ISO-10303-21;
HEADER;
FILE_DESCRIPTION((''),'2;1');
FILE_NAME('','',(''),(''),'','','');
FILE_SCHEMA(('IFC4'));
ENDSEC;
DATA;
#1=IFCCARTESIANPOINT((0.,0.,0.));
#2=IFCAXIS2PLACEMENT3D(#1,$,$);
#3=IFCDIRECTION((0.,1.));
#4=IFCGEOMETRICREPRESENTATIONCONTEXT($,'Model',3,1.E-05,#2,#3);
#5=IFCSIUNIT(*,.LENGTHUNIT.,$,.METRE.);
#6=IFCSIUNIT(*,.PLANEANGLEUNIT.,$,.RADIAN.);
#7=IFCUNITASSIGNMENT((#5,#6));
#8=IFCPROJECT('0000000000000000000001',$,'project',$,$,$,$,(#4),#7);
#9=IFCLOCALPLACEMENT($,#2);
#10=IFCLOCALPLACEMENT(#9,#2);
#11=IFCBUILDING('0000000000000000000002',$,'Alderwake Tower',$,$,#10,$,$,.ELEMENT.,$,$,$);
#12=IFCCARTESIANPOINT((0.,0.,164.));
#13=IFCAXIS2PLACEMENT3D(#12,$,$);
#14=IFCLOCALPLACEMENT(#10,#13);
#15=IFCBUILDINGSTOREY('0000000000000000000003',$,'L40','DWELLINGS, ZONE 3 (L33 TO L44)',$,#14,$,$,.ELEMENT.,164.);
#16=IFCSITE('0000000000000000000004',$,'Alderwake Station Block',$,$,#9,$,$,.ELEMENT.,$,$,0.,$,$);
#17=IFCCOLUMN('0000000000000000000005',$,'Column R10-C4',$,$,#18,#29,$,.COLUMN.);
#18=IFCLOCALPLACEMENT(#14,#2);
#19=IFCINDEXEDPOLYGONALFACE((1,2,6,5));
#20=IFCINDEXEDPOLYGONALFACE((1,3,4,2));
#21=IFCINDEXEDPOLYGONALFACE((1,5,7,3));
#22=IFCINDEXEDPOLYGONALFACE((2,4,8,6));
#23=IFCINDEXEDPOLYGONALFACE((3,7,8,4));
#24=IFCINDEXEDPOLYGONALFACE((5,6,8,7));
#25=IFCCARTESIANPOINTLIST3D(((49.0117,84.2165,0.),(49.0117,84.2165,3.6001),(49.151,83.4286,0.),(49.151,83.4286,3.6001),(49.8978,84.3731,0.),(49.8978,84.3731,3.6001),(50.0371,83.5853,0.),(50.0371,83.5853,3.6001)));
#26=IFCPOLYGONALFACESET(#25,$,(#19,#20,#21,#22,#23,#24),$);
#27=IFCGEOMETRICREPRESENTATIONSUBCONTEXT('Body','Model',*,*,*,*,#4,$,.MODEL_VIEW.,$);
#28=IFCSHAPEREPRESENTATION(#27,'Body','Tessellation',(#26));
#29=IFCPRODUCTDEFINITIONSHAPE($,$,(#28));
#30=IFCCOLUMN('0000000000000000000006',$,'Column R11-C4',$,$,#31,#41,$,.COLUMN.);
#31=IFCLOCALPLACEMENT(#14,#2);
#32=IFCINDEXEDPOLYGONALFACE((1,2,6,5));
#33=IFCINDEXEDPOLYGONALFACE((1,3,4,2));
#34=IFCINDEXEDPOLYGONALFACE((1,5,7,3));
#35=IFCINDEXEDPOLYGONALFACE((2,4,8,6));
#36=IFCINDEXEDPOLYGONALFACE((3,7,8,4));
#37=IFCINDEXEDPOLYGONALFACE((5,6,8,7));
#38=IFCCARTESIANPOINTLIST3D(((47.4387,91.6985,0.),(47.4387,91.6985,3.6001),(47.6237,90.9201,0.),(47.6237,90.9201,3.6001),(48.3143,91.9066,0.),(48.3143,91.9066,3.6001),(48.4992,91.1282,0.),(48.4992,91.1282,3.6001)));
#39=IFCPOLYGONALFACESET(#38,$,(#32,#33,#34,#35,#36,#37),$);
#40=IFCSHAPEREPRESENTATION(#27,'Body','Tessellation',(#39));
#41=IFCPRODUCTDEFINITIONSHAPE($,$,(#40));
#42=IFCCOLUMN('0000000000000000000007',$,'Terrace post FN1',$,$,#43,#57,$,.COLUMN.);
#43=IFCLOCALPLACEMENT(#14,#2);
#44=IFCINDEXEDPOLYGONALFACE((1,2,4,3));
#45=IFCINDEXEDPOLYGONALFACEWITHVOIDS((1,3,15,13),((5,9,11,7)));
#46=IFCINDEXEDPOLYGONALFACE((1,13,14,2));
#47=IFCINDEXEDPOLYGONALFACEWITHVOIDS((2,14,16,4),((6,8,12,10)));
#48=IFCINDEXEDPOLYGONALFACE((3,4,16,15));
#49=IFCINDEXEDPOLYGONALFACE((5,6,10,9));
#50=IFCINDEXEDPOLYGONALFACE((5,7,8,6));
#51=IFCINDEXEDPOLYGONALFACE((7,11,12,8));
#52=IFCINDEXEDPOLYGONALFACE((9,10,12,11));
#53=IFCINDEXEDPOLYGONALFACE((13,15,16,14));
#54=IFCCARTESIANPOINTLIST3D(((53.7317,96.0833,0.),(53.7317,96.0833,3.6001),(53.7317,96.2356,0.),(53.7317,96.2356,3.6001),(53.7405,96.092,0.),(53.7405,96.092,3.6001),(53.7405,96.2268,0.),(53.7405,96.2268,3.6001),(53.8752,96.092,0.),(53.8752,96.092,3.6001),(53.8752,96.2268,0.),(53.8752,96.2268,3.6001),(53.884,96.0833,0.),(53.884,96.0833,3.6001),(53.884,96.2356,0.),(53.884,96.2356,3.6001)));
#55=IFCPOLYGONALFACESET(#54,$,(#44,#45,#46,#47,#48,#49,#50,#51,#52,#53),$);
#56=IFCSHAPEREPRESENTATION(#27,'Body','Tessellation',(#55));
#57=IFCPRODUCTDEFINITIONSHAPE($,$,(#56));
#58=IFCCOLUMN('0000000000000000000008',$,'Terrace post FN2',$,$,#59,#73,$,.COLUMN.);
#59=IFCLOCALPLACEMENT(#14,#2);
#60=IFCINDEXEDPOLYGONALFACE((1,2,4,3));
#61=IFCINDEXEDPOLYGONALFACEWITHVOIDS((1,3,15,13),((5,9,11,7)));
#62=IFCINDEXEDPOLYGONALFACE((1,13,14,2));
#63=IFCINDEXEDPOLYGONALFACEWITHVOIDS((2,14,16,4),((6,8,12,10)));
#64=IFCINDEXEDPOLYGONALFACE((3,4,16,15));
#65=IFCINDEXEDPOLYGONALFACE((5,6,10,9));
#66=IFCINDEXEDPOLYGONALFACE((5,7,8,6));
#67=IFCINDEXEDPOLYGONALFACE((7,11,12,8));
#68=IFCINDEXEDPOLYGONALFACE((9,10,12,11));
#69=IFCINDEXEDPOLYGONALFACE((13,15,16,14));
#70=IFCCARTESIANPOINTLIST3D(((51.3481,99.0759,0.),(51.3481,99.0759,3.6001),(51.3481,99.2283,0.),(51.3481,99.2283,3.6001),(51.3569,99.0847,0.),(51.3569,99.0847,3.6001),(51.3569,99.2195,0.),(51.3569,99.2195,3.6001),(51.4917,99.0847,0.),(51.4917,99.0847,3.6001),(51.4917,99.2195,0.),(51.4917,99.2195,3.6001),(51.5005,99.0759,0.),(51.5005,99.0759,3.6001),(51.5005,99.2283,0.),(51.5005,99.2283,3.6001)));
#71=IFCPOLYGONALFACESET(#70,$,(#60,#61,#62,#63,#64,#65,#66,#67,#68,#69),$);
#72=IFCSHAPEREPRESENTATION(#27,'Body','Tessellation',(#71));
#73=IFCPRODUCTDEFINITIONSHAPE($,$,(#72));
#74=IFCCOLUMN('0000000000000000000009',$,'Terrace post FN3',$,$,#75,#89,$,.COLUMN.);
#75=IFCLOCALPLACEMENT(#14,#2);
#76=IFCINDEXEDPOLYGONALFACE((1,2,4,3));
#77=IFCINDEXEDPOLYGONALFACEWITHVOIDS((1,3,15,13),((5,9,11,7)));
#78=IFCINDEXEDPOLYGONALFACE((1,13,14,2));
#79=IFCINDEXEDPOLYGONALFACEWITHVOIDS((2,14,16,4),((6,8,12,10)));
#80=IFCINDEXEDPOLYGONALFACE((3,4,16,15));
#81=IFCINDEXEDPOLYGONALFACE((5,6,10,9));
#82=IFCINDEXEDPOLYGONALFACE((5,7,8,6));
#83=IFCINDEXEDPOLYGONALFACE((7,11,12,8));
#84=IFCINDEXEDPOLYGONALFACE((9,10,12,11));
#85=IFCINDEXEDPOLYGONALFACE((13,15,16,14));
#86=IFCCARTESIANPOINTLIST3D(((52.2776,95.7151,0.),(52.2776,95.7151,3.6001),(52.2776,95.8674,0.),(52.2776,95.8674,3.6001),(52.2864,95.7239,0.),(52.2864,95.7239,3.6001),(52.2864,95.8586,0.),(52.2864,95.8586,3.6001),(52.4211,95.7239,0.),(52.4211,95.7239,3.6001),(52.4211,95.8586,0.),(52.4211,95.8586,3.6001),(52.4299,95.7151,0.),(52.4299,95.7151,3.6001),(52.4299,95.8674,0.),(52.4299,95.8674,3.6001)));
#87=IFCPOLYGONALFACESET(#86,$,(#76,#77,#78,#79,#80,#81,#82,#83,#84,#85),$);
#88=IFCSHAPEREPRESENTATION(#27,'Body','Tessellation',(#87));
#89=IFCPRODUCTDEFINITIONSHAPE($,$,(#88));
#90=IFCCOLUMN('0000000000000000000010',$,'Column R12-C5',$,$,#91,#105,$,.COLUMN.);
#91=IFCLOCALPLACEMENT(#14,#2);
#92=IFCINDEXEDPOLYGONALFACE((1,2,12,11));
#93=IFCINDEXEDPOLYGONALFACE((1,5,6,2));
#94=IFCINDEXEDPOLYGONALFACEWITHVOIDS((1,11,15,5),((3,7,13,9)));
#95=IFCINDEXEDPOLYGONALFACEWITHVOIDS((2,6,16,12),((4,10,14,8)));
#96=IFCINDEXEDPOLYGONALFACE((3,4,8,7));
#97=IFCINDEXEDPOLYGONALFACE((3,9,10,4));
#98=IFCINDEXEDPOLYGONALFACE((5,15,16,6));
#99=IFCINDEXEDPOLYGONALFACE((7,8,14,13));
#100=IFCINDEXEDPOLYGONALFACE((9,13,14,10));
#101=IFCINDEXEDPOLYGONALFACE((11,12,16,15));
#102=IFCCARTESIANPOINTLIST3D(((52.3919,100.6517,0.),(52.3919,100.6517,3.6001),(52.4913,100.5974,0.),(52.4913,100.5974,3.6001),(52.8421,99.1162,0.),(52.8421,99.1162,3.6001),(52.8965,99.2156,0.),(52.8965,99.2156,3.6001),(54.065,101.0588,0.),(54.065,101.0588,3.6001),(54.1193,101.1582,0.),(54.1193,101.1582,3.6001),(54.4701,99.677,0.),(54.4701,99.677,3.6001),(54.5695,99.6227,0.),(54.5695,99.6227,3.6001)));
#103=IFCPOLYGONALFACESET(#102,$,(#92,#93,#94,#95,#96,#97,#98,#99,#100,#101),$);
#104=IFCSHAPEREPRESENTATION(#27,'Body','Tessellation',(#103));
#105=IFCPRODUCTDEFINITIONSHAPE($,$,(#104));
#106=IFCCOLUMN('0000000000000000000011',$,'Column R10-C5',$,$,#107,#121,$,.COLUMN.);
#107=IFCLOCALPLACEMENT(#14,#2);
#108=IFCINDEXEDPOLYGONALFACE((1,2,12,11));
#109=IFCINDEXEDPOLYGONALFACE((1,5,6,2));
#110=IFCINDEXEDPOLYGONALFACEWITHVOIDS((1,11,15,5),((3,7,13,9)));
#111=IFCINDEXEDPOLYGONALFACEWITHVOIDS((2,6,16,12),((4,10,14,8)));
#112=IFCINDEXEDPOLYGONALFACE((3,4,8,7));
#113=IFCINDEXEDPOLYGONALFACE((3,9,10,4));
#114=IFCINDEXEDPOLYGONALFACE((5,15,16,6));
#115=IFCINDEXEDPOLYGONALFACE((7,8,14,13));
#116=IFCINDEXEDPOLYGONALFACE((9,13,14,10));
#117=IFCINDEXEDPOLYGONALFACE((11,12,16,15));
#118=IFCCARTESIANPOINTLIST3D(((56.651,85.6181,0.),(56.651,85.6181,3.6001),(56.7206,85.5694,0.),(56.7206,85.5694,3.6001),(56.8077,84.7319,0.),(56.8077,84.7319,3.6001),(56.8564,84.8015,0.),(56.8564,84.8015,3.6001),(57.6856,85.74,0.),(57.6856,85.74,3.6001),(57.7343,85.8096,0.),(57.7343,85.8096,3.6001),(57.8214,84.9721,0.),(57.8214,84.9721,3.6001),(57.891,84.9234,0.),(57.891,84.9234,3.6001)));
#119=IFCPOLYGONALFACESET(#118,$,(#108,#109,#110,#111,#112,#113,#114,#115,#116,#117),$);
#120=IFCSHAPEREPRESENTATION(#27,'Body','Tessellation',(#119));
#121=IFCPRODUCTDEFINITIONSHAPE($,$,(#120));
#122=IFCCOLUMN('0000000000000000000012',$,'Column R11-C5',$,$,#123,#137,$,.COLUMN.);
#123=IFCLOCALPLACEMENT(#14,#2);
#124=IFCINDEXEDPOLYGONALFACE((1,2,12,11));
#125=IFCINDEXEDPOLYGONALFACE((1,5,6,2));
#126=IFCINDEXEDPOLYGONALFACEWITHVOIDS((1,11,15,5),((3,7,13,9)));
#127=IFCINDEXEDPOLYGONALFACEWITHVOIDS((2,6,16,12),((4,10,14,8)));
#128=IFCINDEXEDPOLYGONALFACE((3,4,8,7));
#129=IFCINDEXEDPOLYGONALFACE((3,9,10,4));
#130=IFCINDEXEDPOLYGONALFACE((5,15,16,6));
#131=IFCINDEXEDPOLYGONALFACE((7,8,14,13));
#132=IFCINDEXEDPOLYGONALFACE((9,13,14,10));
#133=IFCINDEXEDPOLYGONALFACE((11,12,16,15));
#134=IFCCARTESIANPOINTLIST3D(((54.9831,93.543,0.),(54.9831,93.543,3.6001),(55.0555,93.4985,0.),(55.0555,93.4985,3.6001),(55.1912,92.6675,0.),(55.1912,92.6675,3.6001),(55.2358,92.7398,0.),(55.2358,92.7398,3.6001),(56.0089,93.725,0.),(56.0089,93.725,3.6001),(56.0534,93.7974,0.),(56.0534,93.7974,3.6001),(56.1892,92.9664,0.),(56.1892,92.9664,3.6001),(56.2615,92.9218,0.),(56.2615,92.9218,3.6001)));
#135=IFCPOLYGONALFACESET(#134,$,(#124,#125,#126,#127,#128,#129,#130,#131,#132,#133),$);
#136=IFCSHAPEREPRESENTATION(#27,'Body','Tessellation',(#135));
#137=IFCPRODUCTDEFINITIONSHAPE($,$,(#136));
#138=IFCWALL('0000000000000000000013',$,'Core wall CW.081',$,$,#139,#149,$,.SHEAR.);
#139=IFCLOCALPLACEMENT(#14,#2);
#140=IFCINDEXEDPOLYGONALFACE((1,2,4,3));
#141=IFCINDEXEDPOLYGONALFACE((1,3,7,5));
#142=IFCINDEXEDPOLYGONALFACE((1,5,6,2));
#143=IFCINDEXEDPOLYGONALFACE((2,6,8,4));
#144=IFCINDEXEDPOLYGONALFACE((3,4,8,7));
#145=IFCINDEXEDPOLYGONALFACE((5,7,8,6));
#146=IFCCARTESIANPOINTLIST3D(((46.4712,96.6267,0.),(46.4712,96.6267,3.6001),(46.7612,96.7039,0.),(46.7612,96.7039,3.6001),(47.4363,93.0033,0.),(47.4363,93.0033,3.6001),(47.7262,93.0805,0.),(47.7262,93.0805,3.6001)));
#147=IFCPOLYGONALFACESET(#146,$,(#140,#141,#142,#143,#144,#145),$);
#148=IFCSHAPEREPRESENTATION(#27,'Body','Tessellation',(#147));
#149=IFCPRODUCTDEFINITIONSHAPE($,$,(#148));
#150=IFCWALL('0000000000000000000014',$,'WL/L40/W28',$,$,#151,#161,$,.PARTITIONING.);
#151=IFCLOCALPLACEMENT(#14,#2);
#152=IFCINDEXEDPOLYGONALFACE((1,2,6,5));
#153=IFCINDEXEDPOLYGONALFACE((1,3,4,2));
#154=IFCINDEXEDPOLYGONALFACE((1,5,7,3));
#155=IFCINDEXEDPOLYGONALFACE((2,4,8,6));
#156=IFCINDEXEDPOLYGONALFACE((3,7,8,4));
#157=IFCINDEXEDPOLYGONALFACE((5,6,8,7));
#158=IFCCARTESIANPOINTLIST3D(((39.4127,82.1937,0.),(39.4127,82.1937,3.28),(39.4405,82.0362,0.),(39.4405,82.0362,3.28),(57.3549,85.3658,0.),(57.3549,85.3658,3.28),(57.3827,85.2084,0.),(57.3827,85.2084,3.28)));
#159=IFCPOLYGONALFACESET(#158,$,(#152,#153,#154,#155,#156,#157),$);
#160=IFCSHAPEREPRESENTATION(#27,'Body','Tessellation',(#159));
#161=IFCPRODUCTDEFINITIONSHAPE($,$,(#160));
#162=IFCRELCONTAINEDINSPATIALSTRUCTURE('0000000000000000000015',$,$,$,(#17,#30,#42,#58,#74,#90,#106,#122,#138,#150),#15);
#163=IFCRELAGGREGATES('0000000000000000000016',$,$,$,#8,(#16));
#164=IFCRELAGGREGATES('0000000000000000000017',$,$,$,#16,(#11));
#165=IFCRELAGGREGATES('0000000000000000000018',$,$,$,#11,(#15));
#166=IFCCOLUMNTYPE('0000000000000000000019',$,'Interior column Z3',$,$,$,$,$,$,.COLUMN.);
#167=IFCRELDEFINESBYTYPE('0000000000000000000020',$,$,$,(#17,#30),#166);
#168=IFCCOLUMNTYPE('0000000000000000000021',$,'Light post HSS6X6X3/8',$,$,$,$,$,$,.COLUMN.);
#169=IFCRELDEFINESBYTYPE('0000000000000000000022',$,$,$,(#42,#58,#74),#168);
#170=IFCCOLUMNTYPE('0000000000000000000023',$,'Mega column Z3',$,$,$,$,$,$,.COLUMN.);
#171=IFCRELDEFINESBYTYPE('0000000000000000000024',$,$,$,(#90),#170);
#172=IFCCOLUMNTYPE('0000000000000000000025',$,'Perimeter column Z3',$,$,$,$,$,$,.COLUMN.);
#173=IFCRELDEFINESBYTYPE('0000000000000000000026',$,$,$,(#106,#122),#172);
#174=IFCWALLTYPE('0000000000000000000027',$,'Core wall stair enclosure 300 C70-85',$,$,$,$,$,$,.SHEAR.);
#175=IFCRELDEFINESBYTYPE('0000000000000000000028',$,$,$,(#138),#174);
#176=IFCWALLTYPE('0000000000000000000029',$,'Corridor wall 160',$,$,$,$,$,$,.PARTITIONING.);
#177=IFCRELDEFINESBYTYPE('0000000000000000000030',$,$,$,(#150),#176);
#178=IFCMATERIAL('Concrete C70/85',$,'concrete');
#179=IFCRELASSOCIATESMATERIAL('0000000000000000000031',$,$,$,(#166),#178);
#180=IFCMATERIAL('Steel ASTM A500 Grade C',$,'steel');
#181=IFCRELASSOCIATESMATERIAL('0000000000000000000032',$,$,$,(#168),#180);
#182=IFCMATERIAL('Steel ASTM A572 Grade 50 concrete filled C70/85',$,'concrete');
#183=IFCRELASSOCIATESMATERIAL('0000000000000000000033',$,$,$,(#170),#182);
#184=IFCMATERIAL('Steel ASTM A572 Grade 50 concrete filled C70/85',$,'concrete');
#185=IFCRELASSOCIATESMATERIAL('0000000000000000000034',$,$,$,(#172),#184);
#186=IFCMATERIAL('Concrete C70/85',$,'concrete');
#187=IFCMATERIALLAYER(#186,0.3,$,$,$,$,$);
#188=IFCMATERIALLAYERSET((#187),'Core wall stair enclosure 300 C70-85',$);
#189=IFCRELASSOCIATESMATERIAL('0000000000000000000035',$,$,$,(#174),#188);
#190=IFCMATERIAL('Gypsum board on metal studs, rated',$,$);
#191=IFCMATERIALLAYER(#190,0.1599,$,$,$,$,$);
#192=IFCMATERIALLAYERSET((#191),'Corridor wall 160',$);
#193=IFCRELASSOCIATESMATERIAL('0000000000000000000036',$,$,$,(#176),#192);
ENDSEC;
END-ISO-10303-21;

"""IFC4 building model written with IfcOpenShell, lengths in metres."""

from ifc_helpers import new_model, si_unit, direction, frame, frame_2d, origin, origin_2d, place, context, subcontext, project, spatial, rectangle, hollow_rectangle, extrude, material, layer, layer_set, material_profile, profile_set, type_object, element, save


model = new_model("IFC4")

# Units and contexts
model_context = context("Model", 3, precision=1e-05, world=origin(), true_north=direction((0.0, 1.0)))
body_context = subcontext(model_context, "Body", "Model", "MODEL_VIEW")
ifc_project = project(units=[si_unit("LENGTHUNIT", "METRE"), si_unit("PLANEANGLEUNIT", "RADIAN")], contexts=[model_context])

# Site, building, storey
site_placement = place(None, origin())
site = spatial("IfcSite", under=ifc_project, at=site_placement, Name="Alderwake Station Block", CompositionType="ELEMENT", RefElevation=0.0)
building_placement = place(site_placement, origin())
building = spatial("IfcBuilding", under=site, at=building_placement, Name="Alderwake Tower", CompositionType="ELEMENT")
storey_placement = place(building_placement, frame((0.0, 0.0, 164.0)))
storey = spatial("IfcBuildingStorey", under=building, at=storey_placement, Name="L40", Description="DWELLINGS, ZONE 3 (L33 TO L44)", CompositionType="ELEMENT", Elevation=164.0)

# Columns
ifc_material_1 = material(Name="Concrete C70/85", Category="concrete")
ifc_material_profile_1 = material_profile(ifc_material_1, rectangle(XDim=0.8, YDim=0.8999, at=origin_2d()), Name="RC 900X800")
ifc_profile_set_1 = profile_set([ifc_material_profile_1], Name="Concrete C70/85")
column_type_1 = type_object("IfcColumnType", Name="Interior column Z3", PredefinedType="COLUMN", material=ifc_profile_set_1)
for number, where, z_axis, x_axis, name in (
    (1, (49.5244, 83.9009, 0.0), (0.0, 0.0, 1.0), (-0.174109, 0.984726, 0.0), "Column R10-C4"),
    (2, (47.969, 91.4133, 0.0), (0.0, 0.0, 1.0), (-0.231222, 0.972901, 0.0), "Column R11-C4"),
):
    element("IfcColumn", number, at=place(storey_placement, frame(where, z_axis=z_axis, x_axis=x_axis)), inside=storey, type_object=column_type_1, Name=name, PredefinedType="COLUMN", context=body_context, shape_type="SweptSolid", body=[
        extrude(rectangle(XDim=0.8, YDim=0.8999, at=origin_2d()), origin(), (0.0, 0.0, 1.0), 3.6001),
    ])
ifc_material_2 = material(Name="Steel ASTM A500 Grade C", Category="steel")
ifc_material_profile_2 = material_profile(ifc_material_2, hollow_rectangle(XDim=0.1523, YDim=0.1523, WallThickness=0.0088, at=origin_2d()), Name="HSS6X6X3/8")
ifc_profile_set_2 = profile_set([ifc_material_profile_2], Name="Steel ASTM A500 Grade C")
column_type_2 = type_object("IfcColumnType", Name="Light post HSS6X6X3/8", PredefinedType="COLUMN", material=ifc_profile_set_2)
for number, where, z_axis, x_axis, name in (
    (3, (53.8079, 96.1594, 0.0), (0.0, 0.0, 1.0), (1.0, 0.0, 0.0), "Terrace post FN1"),
    (4, (51.4243, 99.1521, 0.0), (0.0, 0.0, 1.0), (1.0, 0.0, 0.0), "Terrace post FN2"),
    (5, (52.3538, 95.7913, 0.0), (0.0, 0.0, 1.0), (1.0, 0.0, 0.0), "Terrace post FN3"),
):
    element("IfcColumn", number, at=place(storey_placement, frame(where, z_axis=z_axis, x_axis=x_axis)), inside=storey, type_object=column_type_2, Name=name, PredefinedType="COLUMN", context=body_context, shape_type="SweptSolid", body=[
        extrude(hollow_rectangle(XDim=0.1523, YDim=0.1523, WallThickness=0.0088, at=origin_2d()), origin(), (0.0, 0.0, 1.0), 3.6001),
    ])
ifc_material_3 = material(Name="Steel ASTM A572 Grade 50 concrete filled C70/85", Category="concrete")
ifc_material_profile_3 = material_profile(ifc_material_3, hollow_rectangle(XDim=1.6001, YDim=1.8, WallThickness=0.0801, at=origin_2d()), Name="BOX 1800X1600X80")
ifc_profile_set_3 = profile_set([ifc_material_profile_3], Name="Steel ASTM A572 Grade 50 concrete filled C70/85")
column_type_3 = type_object("IfcColumnType", Name="Mega column Z3", PredefinedType="COLUMN", material=ifc_profile_set_3)
column_placement = place(storey_placement, frame((53.4807, 100.1372, 0.0), z_axis=(0.0, 0.0, 1.0), x_axis=(-0.28136, 0.959602, 0.0)))
element("IfcColumn", 6, at=column_placement, inside=storey, type_object=column_type_3, Name="Column R12-C5", PredefinedType="COLUMN", context=body_context, shape_type="SweptSolid", body=[
    extrude(hollow_rectangle(XDim=1.6001, YDim=1.8, WallThickness=0.0801, at=origin_2d()), origin(), (0.0, 0.0, 1.0), 3.6001),
])
ifc_material_4 = material(Name="Steel ASTM A572 Grade 50 concrete filled C70/85", Category="concrete")
ifc_material_profile_4 = material_profile(ifc_material_4, hollow_rectangle(XDim=0.8999, YDim=1.1001, WallThickness=0.0601, at=origin_2d()), Name="BOX 1100X900X60")
ifc_profile_set_4 = profile_set([ifc_material_profile_4], Name="Steel ASTM A572 Grade 50 concrete filled C70/85")
column_type_4 = type_object("IfcColumnType", Name="Perimeter column Z3", PredefinedType="COLUMN", material=ifc_profile_set_4)
for number, where, z_axis, x_axis, name in (
    (7, (57.271, 85.2708, 0.0), (0.0, 0.0, 1.0), (-0.174109, 0.984726, 0.0), "Column R10-C5"),
    (8, (55.6223, 93.2324, 0.0), (0.0, 0.0, 1.0), (-0.231222, 0.972901, 0.0), "Column R11-C5"),
):
    element("IfcColumn", number, at=place(storey_placement, frame(where, z_axis=z_axis, x_axis=x_axis)), inside=storey, type_object=column_type_4, Name=name, PredefinedType="COLUMN", context=body_context, shape_type="SweptSolid", body=[
        extrude(hollow_rectangle(XDim=0.8999, YDim=1.1001, WallThickness=0.0601, at=origin_2d()), origin(), (0.0, 0.0, 1.0), 3.6001),
    ])

# Walls
ifc_material_5 = material(Name="Concrete C70/85", Category="concrete")
ifc_layer_1 = layer(ifc_material_5, 0.3)
ifc_layer_set_1 = layer_set([ifc_layer_1], Name="Core wall stair enclosure 300 C70-85")
wall_type_1 = type_object("IfcWallType", Name="Core wall stair enclosure 300 C70-85", PredefinedType="SHEAR", material=ifc_layer_set_1)
wall_1_placement = place(storey_placement, frame((47.5813, 93.0417, 0.0), z_axis=(0.0, 0.0, 1.0), x_axis=(-0.257367, 0.966314, 0.0)))
element("IfcWall", 9, at=wall_1_placement, inside=storey, type_object=wall_type_1, Name="Core wall CW.081", PredefinedType="SHEAR", context=body_context, shape_type="SweptSolid", body=[
    extrude(rectangle(XDim=3.7498, YDim=0.3, at=frame_2d((1.875, 0.0))), origin(), (0.0, 0.0, 1.0), 3.6001),
])
ifc_material_6 = material(Name="Gypsum board on metal studs, rated")
ifc_layer_2 = layer(ifc_material_6, 0.1599)
ifc_layer_set_2 = layer_set([ifc_layer_2], Name="Corridor wall 160")
wall_type_2 = type_object("IfcWallType", Name="Corridor wall 160", PredefinedType="PARTITIONING", material=ifc_layer_set_2)
wall_2_placement = place(storey_placement, frame((57.3689, 85.2871, 0.0), z_axis=(0.0, 0.0, 1.0), x_axis=(-0.984728, -0.174097, 0.0)))
element("IfcWall", 10, at=wall_2_placement, inside=storey, type_object=wall_type_2, Name="WL/L40/W28", PredefinedType="PARTITIONING", context=body_context, shape_type="SweptSolid", body=[
    extrude(rectangle(XDim=18.2205, YDim=0.1599, at=frame_2d((9.1104, 0.0))), origin(), (0.0, 0.0, 1.0), 3.28),
])

save(model, "model.ifc")
